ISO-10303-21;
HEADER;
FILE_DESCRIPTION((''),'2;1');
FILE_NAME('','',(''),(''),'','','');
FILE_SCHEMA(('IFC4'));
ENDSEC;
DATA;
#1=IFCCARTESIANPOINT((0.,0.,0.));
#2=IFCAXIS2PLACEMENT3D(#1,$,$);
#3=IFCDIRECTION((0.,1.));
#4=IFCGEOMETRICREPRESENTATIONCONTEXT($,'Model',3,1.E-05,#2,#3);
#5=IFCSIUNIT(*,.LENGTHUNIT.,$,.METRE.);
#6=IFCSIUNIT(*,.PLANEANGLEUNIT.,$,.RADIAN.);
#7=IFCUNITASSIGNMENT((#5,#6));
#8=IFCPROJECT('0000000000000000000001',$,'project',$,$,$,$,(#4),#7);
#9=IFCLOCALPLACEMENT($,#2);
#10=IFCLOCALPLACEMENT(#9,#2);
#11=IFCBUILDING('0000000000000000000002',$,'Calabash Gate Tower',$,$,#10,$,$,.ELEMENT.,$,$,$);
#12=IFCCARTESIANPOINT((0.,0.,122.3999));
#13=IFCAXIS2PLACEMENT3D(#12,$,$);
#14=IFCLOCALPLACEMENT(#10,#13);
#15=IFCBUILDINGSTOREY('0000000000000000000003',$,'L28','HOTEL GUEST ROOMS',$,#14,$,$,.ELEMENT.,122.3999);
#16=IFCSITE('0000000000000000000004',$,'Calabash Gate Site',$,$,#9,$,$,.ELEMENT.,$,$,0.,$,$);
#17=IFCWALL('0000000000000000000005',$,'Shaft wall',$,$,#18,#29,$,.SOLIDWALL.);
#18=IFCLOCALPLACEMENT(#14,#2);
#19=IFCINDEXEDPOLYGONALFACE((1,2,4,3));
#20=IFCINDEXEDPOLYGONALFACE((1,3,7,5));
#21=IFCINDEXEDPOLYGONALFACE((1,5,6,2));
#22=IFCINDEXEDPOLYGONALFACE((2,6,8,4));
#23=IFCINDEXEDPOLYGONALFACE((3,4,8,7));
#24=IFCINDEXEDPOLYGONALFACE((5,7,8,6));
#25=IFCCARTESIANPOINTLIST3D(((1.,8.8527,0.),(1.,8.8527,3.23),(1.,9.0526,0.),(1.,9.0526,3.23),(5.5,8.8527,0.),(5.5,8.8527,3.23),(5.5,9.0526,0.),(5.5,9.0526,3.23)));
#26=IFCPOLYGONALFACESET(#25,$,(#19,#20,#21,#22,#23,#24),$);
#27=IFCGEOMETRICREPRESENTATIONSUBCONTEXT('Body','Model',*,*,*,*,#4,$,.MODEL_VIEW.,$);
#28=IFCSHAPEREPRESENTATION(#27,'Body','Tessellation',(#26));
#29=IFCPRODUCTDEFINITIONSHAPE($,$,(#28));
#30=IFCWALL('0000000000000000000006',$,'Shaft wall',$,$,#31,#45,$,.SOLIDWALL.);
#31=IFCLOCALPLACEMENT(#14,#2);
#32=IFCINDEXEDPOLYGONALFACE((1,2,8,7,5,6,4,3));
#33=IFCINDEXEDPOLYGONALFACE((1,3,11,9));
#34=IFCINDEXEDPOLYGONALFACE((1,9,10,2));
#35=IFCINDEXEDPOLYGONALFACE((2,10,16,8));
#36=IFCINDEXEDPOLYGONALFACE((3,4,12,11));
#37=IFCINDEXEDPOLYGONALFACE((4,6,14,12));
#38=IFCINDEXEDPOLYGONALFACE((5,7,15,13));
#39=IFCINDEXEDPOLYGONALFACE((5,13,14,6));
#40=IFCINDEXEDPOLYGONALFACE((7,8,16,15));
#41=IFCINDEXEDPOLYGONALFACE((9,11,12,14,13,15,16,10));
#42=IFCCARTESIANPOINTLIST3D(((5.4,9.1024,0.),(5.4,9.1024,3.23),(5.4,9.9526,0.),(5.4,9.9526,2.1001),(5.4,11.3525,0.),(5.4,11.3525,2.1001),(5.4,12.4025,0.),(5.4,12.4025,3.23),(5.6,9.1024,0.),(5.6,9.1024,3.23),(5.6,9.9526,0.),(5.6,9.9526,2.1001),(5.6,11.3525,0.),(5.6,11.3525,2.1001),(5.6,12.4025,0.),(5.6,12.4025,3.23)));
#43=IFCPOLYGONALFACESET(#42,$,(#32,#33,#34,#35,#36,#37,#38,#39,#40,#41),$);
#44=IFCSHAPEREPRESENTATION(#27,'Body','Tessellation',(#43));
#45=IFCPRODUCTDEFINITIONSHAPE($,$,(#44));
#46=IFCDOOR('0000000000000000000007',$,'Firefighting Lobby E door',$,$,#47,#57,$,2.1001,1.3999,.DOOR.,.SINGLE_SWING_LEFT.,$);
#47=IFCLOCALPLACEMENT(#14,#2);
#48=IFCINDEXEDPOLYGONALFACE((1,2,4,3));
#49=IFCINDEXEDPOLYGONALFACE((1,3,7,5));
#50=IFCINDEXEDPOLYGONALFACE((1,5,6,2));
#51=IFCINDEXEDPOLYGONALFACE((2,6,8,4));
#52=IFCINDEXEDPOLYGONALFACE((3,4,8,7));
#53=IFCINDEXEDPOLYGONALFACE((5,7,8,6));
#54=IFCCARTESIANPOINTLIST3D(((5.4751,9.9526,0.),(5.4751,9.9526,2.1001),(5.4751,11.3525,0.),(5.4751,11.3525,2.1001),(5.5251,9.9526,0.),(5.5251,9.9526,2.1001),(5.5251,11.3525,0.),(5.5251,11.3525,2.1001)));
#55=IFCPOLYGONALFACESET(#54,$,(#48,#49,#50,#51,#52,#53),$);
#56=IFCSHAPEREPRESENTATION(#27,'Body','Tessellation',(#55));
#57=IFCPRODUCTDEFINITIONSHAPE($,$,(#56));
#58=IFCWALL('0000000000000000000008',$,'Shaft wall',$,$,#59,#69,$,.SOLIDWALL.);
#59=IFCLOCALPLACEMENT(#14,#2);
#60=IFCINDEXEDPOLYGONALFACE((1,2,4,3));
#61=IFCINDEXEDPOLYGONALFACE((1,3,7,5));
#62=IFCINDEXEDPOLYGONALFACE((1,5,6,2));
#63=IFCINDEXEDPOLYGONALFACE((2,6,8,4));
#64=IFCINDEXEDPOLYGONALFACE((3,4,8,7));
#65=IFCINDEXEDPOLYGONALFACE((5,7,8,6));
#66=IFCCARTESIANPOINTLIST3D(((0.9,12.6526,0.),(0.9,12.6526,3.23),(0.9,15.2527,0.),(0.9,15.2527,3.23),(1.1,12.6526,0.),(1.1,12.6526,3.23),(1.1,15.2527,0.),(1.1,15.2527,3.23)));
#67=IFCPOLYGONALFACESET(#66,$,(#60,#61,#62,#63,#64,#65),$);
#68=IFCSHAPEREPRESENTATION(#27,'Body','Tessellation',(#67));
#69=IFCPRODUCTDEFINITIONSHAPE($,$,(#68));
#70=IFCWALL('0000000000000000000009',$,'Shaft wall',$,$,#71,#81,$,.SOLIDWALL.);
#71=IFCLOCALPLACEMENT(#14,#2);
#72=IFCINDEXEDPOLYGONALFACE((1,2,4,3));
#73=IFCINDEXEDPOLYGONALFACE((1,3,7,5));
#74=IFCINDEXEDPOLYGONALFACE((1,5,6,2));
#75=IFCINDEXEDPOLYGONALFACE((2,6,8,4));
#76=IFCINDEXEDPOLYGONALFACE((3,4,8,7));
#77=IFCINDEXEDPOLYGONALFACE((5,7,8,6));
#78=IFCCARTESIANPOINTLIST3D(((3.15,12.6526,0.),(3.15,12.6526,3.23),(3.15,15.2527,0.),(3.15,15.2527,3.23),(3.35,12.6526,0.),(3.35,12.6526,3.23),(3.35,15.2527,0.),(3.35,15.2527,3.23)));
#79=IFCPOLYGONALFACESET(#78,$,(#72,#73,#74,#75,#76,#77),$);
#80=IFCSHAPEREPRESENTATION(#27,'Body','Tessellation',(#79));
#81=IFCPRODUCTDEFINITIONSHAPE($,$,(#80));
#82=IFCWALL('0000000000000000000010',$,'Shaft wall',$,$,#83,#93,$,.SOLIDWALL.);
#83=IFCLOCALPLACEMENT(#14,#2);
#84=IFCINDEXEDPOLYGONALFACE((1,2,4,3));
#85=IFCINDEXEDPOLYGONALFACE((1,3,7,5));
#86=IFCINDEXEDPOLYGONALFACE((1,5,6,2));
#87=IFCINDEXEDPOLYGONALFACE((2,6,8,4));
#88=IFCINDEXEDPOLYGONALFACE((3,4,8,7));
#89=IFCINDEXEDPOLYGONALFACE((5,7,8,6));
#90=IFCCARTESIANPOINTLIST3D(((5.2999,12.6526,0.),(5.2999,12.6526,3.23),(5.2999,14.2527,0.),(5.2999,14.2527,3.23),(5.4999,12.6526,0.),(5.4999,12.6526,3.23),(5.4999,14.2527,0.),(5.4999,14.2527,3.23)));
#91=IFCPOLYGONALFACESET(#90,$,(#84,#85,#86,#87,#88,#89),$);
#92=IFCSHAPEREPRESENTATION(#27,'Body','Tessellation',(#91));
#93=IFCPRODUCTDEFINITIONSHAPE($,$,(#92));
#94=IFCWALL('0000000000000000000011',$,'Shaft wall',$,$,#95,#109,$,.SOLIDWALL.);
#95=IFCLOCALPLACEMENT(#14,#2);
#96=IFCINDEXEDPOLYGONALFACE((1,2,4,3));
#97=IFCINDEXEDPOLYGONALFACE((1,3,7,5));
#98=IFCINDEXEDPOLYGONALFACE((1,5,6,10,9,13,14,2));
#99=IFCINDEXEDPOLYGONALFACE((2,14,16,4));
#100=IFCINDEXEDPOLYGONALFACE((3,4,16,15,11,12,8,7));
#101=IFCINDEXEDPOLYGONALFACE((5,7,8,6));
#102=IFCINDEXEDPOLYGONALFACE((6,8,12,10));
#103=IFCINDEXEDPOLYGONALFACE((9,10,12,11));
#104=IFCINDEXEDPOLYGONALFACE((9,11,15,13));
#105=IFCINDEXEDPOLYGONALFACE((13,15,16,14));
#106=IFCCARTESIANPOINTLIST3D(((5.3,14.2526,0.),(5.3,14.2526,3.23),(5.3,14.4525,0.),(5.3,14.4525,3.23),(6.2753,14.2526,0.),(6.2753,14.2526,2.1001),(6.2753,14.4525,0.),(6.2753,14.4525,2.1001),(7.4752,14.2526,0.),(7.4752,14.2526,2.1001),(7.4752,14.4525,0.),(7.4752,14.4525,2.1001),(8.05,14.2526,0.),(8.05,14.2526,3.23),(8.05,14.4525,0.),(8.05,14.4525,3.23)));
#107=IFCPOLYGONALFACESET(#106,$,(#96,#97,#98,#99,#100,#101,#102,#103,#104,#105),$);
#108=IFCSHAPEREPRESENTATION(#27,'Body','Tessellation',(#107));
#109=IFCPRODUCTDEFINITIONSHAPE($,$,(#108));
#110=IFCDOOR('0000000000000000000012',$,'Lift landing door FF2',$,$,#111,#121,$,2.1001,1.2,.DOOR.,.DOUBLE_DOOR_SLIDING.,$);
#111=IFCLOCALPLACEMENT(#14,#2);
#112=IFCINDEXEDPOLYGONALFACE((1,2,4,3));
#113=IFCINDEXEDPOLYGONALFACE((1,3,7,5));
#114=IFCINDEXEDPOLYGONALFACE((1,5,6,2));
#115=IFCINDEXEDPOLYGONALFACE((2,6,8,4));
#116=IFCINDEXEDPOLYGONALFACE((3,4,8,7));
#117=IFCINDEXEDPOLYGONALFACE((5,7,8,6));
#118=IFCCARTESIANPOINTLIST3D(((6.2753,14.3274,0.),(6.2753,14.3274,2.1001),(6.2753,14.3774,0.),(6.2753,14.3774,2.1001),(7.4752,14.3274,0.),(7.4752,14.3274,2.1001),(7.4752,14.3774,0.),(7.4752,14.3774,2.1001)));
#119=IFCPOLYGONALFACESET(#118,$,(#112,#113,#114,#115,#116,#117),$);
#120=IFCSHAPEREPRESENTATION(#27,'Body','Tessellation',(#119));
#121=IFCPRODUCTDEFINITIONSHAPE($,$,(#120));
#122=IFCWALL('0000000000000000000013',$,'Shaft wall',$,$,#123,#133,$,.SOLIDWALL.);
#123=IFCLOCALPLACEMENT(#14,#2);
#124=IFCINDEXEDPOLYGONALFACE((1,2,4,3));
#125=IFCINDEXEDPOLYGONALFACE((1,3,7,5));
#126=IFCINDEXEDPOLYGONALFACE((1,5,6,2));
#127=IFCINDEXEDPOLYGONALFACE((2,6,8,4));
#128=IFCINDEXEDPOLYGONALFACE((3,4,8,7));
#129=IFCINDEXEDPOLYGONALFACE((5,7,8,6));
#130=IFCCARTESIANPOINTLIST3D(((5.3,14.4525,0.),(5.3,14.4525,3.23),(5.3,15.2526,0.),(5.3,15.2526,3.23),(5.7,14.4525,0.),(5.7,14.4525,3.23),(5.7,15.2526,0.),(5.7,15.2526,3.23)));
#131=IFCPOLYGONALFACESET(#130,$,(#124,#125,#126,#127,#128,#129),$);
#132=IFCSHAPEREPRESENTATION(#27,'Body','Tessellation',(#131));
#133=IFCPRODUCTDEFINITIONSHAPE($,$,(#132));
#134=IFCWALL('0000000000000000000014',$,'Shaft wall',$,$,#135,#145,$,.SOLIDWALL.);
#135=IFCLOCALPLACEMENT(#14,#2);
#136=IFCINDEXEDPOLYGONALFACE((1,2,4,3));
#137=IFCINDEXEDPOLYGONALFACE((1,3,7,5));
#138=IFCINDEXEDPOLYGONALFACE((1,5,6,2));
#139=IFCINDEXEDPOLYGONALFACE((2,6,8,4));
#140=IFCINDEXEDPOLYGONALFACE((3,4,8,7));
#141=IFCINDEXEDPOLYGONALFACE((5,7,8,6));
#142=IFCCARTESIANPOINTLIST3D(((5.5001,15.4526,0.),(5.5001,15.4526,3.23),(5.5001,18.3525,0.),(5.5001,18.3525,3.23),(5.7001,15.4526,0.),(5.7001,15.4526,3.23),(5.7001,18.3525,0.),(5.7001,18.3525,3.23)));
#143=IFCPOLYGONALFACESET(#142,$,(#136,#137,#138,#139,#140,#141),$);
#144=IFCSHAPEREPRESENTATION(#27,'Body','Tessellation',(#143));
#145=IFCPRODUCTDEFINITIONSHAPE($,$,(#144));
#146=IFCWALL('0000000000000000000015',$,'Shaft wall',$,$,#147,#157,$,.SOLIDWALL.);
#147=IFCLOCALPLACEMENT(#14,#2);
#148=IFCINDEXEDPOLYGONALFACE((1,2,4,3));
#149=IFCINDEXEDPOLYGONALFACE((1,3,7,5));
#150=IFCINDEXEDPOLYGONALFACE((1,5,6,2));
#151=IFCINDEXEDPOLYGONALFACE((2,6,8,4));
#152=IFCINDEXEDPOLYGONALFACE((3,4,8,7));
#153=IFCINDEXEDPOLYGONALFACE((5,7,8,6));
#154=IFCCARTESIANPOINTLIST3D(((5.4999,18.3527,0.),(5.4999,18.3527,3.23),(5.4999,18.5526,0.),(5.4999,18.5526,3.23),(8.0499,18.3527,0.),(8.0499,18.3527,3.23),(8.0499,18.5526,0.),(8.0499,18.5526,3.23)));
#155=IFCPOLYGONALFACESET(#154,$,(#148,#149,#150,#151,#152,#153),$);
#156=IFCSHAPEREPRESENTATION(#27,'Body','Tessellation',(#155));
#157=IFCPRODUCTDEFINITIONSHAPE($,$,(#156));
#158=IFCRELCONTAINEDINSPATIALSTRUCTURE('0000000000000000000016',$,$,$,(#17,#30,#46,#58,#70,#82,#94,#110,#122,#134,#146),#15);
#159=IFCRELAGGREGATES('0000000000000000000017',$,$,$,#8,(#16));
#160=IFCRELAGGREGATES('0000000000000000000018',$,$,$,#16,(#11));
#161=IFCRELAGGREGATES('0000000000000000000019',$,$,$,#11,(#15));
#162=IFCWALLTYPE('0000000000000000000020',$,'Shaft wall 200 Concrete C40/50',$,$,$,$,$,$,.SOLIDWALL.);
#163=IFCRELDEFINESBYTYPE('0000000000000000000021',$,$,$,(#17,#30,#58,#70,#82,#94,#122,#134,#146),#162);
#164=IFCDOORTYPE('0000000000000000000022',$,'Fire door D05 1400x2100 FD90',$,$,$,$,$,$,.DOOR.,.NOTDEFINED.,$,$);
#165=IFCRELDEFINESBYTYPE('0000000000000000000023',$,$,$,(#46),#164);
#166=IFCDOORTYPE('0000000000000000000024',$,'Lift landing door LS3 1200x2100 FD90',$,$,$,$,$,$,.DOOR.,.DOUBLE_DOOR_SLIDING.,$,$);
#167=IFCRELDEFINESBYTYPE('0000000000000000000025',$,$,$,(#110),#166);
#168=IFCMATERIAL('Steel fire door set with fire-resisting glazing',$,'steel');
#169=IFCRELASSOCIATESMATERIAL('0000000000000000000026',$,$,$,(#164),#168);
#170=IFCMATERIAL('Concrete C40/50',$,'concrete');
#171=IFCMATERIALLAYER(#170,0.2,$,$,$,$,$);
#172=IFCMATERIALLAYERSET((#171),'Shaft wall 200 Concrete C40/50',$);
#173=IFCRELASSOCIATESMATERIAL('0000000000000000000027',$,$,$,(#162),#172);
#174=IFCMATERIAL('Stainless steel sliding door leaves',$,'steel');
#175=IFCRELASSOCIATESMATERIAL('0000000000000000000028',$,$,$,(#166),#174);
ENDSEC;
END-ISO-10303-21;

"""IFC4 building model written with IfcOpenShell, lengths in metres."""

from ifc_helpers import new_model, si_unit, direction, frame, frame_2d, origin, place, context, subcontext, project, spatial, rectangle, extrude, material, layer, layer_set, type_object, element, fill, save


model = new_model("IFC4")

# Units and contexts
model_context = context("Model", 3, precision=1e-05, world=origin(), true_north=direction((0.0, 1.0)))
body_context = subcontext(model_context, "Body", "Model", "MODEL_VIEW")
ifc_project = project(units=[si_unit("LENGTHUNIT", "METRE"), si_unit("PLANEANGLEUNIT", "RADIAN")], contexts=[model_context])

# Site, building, storey
site_placement = place(None, origin())
site = spatial("IfcSite", under=ifc_project, at=site_placement, Name="Calabash Gate Site", CompositionType="ELEMENT", RefElevation=0.0)
building_placement = place(site_placement, origin())
building = spatial("IfcBuilding", under=site, at=building_placement, Name="Calabash Gate Tower", CompositionType="ELEMENT")
storey_placement = place(building_placement, frame((0.0, 0.0, 122.3999)))
storey = spatial("IfcBuildingStorey", under=building, at=storey_placement, Name="L28", Description="HOTEL GUEST ROOMS", CompositionType="ELEMENT", Elevation=122.3999)

# Shared definitions
ifc_material_1 = material(Name="Steel fire door set with fire-resisting glazing", Category="steel")
door_type_1 = type_object("IfcDoorType", Name="Fire door D05 1400x2100 FD90", OperationType="NOTDEFINED", PredefinedType="DOOR", material=ifc_material_1)

# Wall
ifc_material_2 = material(Name="Concrete C40/50", Category="concrete")
ifc_layer_1 = layer(ifc_material_2, 0.2)
ifc_layer_set_1 = layer_set([ifc_layer_1], Name="Shaft wall 200 Concrete C40/50")
wall_type_1 = type_object("IfcWallType", Name="Shaft wall 200 Concrete C40/50", PredefinedType="SOLIDWALL", material=ifc_layer_set_1)
wall_1_placement = place(storey_placement, frame((1.0, 8.9526, 0.0), z_axis=(0.0, 0.0, 1.0), x_axis=(1.0, 0.0, 0.0)))
element("IfcWall", 1, at=wall_1_placement, inside=storey, type_object=wall_type_1, Name="Shaft wall", PredefinedType="SOLIDWALL", context=body_context, shape_type="SweptSolid", body=[
    extrude(rectangle(XDim=4.5, YDim=0.2, at=frame_2d((2.25, 0.0))), origin(), (0.0, 0.0, 1.0), 3.23),
])

# Wall, opening, door
wall_2_placement = place(storey_placement, frame((5.5, 9.1025, 0.0), z_axis=(0.0, 0.0, 1.0), x_axis=(0.0, 1.0, 0.0)))
wall_2 = element("IfcWall", 2, at=wall_2_placement, inside=storey, type_object=wall_type_1, Name="Shaft wall", PredefinedType="SOLIDWALL", context=body_context, shape_type="SweptSolid", body=[
    extrude(rectangle(XDim=3.3, YDim=0.2, at=frame_2d((1.6499, 0.0))), origin(), (0.0, 0.0, 1.0), 3.23),
])
opening_1_placement = place(wall_2_placement, frame((0.8501, 0.0, 0.0)))
opening_1 = element("IfcOpeningElement", 3, at=opening_1_placement, cuts=wall_2, PredefinedType="OPENING", context=body_context, shape_type="SweptSolid", body=[
    extrude(rectangle(XDim=1.3999, YDim=2.1001, at=frame_2d((0.7, 1.05))), frame((0.0, 0.1099, 0.0), z_axis=(0.0, -1.0, 0.0), x_axis=(1.0, 0.0, 0.0)), (0.0, 0.0, 1.0), 0.22),
])
door_1_placement = place(opening_1_placement, origin())
door_1 = element("IfcDoor", 4, at=door_1_placement, inside=storey, type_object=door_type_1, Name="Firefighting Lobby E door", OperationType="SINGLE_SWING_LEFT", OverallHeight=2.1001, OverallWidth=1.3999, PredefinedType="DOOR", context=body_context, shape_type="SweptSolid", body=[
    extrude(rectangle(XDim=1.3999, YDim=2.1001, at=frame_2d((0.7, 1.05))), frame((0.0, 0.0249, 0.0), z_axis=(0.0, -1.0, 0.0), x_axis=(1.0, 0.0, 0.0)), (0.0, 0.0, 1.0), 0.05),
])
fill(opening_1, door_1)

# Walls
for number, where, z_axis, x_axis, name in (
    (5, (1.0, 12.6526, 0.0), (0.0, 0.0, 1.0), (0.0, 1.0, 0.0), "Shaft wall"),
    (6, (3.25, 12.6526, 0.0), (0.0, 0.0, 1.0), (0.0, 1.0, 0.0), "Shaft wall"),
):
    element("IfcWall", number, at=place(storey_placement, frame(where, z_axis=z_axis, x_axis=x_axis)), inside=storey, type_object=wall_type_1, Name=name, PredefinedType="SOLIDWALL", context=body_context, shape_type="SweptSolid", body=[
        extrude(rectangle(XDim=2.6001, YDim=0.2, at=frame_2d((1.3, 0.0))), origin(), (0.0, 0.0, 1.0), 3.23),
    ])
wall_3_placement = place(storey_placement, frame((5.3999, 12.6526, 0.0), z_axis=(0.0, 0.0, 1.0), x_axis=(0.0, 1.0, 0.0)))
element("IfcWall", 7, at=wall_3_placement, inside=storey, type_object=wall_type_1, Name="Shaft wall", PredefinedType="SOLIDWALL", context=body_context, shape_type="SweptSolid", body=[
    extrude(rectangle(XDim=1.6001, YDim=0.2, at=frame_2d((0.8, 0.0))), origin(), (0.0, 0.0, 1.0), 3.23),
])

# Wall, opening, door
wall_4_placement = place(storey_placement, frame((5.3, 14.3525, 0.0), z_axis=(0.0, 0.0, 1.0), x_axis=(1.0, 0.0, 0.0)))
wall_4 = element("IfcWall", 8, at=wall_4_placement, inside=storey, type_object=wall_type_1, Name="Shaft wall", PredefinedType="SOLIDWALL", context=body_context, shape_type="SweptSolid", body=[
    extrude(rectangle(XDim=2.75, YDim=0.2, at=frame_2d((1.375, 0.0))), origin(), (0.0, 0.0, 1.0), 3.23),
])
opening_2_placement = place(wall_4_placement, frame((0.9751, 0.0, 0.0)))
opening_2 = element("IfcOpeningElement", 9, at=opening_2_placement, cuts=wall_4, PredefinedType="OPENING", context=body_context, shape_type="SweptSolid", body=[
    extrude(rectangle(XDim=1.2, YDim=2.1001, at=frame_2d((0.6001, 1.05))), frame((0.0, 0.1099, 0.0), z_axis=(0.0, -1.0, 0.0), x_axis=(1.0, 0.0, 0.0)), (0.0, 0.0, 1.0), 0.22),
])
ifc_material_3 = material(Name="Stainless steel sliding door leaves", Category="steel")
door_type_2 = type_object("IfcDoorType", Name="Lift landing door LS3 1200x2100 FD90", OperationType="DOUBLE_DOOR_SLIDING", PredefinedType="DOOR", material=ifc_material_3)
door_2_placement = place(opening_2_placement, origin())
door_2 = element("IfcDoor", 10, at=door_2_placement, inside=storey, type_object=door_type_2, Name="Lift landing door FF2", OperationType="DOUBLE_DOOR_SLIDING", OverallHeight=2.1001, OverallWidth=1.2, PredefinedType="DOOR", context=body_context, shape_type="SweptSolid", body=[
    extrude(rectangle(XDim=1.2, YDim=2.1001, at=frame_2d((0.6001, 1.05))), frame((0.0, 0.0249, 0.0), z_axis=(0.0, -1.0, 0.0), x_axis=(1.0, 0.0, 0.0)), (0.0, 0.0, 1.0), 0.05),
])
fill(opening_2, door_2)

# Walls
wall_5_placement = place(storey_placement, frame((5.5, 14.4526, 0.0), z_axis=(0.0, 0.0, 1.0), x_axis=(0.0, 1.0, 0.0)))
element("IfcWall", 11, at=wall_5_placement, inside=storey, type_object=wall_type_1, Name="Shaft wall", PredefinedType="SOLIDWALL", context=body_context, shape_type="SweptSolid", body=[
    extrude(rectangle(XDim=0.8, YDim=0.3999, at=frame_2d((0.3999, 0.0))), origin(), (0.0, 0.0, 1.0), 3.23),
])
wall_6_placement = place(storey_placement, frame((5.6001, 15.4526, 0.0), z_axis=(0.0, 0.0, 1.0), x_axis=(0.0, 1.0, 0.0)))
element("IfcWall", 12, at=wall_6_placement, inside=storey, type_object=wall_type_1, Name="Shaft wall", PredefinedType="SOLIDWALL", context=body_context, shape_type="SweptSolid", body=[
    extrude(rectangle(XDim=2.8999, YDim=0.2, at=frame_2d((1.45, 0.0))), origin(), (0.0, 0.0, 1.0), 3.23),
])
wall_7_placement = place(storey_placement, frame((5.5, 18.4526, 0.0), z_axis=(0.0, 0.0, 1.0), x_axis=(1.0, 0.0, 0.0)))
element("IfcWall", 13, at=wall_7_placement, inside=storey, type_object=wall_type_1, Name="Shaft wall", PredefinedType="SOLIDWALL", context=body_context, shape_type="SweptSolid", body=[
    extrude(rectangle(XDim=2.55, YDim=0.2, at=frame_2d((1.2749, 0.0))), origin(), (0.0, 0.0, 1.0), 3.23),
])

save(model, "model.ifc")
